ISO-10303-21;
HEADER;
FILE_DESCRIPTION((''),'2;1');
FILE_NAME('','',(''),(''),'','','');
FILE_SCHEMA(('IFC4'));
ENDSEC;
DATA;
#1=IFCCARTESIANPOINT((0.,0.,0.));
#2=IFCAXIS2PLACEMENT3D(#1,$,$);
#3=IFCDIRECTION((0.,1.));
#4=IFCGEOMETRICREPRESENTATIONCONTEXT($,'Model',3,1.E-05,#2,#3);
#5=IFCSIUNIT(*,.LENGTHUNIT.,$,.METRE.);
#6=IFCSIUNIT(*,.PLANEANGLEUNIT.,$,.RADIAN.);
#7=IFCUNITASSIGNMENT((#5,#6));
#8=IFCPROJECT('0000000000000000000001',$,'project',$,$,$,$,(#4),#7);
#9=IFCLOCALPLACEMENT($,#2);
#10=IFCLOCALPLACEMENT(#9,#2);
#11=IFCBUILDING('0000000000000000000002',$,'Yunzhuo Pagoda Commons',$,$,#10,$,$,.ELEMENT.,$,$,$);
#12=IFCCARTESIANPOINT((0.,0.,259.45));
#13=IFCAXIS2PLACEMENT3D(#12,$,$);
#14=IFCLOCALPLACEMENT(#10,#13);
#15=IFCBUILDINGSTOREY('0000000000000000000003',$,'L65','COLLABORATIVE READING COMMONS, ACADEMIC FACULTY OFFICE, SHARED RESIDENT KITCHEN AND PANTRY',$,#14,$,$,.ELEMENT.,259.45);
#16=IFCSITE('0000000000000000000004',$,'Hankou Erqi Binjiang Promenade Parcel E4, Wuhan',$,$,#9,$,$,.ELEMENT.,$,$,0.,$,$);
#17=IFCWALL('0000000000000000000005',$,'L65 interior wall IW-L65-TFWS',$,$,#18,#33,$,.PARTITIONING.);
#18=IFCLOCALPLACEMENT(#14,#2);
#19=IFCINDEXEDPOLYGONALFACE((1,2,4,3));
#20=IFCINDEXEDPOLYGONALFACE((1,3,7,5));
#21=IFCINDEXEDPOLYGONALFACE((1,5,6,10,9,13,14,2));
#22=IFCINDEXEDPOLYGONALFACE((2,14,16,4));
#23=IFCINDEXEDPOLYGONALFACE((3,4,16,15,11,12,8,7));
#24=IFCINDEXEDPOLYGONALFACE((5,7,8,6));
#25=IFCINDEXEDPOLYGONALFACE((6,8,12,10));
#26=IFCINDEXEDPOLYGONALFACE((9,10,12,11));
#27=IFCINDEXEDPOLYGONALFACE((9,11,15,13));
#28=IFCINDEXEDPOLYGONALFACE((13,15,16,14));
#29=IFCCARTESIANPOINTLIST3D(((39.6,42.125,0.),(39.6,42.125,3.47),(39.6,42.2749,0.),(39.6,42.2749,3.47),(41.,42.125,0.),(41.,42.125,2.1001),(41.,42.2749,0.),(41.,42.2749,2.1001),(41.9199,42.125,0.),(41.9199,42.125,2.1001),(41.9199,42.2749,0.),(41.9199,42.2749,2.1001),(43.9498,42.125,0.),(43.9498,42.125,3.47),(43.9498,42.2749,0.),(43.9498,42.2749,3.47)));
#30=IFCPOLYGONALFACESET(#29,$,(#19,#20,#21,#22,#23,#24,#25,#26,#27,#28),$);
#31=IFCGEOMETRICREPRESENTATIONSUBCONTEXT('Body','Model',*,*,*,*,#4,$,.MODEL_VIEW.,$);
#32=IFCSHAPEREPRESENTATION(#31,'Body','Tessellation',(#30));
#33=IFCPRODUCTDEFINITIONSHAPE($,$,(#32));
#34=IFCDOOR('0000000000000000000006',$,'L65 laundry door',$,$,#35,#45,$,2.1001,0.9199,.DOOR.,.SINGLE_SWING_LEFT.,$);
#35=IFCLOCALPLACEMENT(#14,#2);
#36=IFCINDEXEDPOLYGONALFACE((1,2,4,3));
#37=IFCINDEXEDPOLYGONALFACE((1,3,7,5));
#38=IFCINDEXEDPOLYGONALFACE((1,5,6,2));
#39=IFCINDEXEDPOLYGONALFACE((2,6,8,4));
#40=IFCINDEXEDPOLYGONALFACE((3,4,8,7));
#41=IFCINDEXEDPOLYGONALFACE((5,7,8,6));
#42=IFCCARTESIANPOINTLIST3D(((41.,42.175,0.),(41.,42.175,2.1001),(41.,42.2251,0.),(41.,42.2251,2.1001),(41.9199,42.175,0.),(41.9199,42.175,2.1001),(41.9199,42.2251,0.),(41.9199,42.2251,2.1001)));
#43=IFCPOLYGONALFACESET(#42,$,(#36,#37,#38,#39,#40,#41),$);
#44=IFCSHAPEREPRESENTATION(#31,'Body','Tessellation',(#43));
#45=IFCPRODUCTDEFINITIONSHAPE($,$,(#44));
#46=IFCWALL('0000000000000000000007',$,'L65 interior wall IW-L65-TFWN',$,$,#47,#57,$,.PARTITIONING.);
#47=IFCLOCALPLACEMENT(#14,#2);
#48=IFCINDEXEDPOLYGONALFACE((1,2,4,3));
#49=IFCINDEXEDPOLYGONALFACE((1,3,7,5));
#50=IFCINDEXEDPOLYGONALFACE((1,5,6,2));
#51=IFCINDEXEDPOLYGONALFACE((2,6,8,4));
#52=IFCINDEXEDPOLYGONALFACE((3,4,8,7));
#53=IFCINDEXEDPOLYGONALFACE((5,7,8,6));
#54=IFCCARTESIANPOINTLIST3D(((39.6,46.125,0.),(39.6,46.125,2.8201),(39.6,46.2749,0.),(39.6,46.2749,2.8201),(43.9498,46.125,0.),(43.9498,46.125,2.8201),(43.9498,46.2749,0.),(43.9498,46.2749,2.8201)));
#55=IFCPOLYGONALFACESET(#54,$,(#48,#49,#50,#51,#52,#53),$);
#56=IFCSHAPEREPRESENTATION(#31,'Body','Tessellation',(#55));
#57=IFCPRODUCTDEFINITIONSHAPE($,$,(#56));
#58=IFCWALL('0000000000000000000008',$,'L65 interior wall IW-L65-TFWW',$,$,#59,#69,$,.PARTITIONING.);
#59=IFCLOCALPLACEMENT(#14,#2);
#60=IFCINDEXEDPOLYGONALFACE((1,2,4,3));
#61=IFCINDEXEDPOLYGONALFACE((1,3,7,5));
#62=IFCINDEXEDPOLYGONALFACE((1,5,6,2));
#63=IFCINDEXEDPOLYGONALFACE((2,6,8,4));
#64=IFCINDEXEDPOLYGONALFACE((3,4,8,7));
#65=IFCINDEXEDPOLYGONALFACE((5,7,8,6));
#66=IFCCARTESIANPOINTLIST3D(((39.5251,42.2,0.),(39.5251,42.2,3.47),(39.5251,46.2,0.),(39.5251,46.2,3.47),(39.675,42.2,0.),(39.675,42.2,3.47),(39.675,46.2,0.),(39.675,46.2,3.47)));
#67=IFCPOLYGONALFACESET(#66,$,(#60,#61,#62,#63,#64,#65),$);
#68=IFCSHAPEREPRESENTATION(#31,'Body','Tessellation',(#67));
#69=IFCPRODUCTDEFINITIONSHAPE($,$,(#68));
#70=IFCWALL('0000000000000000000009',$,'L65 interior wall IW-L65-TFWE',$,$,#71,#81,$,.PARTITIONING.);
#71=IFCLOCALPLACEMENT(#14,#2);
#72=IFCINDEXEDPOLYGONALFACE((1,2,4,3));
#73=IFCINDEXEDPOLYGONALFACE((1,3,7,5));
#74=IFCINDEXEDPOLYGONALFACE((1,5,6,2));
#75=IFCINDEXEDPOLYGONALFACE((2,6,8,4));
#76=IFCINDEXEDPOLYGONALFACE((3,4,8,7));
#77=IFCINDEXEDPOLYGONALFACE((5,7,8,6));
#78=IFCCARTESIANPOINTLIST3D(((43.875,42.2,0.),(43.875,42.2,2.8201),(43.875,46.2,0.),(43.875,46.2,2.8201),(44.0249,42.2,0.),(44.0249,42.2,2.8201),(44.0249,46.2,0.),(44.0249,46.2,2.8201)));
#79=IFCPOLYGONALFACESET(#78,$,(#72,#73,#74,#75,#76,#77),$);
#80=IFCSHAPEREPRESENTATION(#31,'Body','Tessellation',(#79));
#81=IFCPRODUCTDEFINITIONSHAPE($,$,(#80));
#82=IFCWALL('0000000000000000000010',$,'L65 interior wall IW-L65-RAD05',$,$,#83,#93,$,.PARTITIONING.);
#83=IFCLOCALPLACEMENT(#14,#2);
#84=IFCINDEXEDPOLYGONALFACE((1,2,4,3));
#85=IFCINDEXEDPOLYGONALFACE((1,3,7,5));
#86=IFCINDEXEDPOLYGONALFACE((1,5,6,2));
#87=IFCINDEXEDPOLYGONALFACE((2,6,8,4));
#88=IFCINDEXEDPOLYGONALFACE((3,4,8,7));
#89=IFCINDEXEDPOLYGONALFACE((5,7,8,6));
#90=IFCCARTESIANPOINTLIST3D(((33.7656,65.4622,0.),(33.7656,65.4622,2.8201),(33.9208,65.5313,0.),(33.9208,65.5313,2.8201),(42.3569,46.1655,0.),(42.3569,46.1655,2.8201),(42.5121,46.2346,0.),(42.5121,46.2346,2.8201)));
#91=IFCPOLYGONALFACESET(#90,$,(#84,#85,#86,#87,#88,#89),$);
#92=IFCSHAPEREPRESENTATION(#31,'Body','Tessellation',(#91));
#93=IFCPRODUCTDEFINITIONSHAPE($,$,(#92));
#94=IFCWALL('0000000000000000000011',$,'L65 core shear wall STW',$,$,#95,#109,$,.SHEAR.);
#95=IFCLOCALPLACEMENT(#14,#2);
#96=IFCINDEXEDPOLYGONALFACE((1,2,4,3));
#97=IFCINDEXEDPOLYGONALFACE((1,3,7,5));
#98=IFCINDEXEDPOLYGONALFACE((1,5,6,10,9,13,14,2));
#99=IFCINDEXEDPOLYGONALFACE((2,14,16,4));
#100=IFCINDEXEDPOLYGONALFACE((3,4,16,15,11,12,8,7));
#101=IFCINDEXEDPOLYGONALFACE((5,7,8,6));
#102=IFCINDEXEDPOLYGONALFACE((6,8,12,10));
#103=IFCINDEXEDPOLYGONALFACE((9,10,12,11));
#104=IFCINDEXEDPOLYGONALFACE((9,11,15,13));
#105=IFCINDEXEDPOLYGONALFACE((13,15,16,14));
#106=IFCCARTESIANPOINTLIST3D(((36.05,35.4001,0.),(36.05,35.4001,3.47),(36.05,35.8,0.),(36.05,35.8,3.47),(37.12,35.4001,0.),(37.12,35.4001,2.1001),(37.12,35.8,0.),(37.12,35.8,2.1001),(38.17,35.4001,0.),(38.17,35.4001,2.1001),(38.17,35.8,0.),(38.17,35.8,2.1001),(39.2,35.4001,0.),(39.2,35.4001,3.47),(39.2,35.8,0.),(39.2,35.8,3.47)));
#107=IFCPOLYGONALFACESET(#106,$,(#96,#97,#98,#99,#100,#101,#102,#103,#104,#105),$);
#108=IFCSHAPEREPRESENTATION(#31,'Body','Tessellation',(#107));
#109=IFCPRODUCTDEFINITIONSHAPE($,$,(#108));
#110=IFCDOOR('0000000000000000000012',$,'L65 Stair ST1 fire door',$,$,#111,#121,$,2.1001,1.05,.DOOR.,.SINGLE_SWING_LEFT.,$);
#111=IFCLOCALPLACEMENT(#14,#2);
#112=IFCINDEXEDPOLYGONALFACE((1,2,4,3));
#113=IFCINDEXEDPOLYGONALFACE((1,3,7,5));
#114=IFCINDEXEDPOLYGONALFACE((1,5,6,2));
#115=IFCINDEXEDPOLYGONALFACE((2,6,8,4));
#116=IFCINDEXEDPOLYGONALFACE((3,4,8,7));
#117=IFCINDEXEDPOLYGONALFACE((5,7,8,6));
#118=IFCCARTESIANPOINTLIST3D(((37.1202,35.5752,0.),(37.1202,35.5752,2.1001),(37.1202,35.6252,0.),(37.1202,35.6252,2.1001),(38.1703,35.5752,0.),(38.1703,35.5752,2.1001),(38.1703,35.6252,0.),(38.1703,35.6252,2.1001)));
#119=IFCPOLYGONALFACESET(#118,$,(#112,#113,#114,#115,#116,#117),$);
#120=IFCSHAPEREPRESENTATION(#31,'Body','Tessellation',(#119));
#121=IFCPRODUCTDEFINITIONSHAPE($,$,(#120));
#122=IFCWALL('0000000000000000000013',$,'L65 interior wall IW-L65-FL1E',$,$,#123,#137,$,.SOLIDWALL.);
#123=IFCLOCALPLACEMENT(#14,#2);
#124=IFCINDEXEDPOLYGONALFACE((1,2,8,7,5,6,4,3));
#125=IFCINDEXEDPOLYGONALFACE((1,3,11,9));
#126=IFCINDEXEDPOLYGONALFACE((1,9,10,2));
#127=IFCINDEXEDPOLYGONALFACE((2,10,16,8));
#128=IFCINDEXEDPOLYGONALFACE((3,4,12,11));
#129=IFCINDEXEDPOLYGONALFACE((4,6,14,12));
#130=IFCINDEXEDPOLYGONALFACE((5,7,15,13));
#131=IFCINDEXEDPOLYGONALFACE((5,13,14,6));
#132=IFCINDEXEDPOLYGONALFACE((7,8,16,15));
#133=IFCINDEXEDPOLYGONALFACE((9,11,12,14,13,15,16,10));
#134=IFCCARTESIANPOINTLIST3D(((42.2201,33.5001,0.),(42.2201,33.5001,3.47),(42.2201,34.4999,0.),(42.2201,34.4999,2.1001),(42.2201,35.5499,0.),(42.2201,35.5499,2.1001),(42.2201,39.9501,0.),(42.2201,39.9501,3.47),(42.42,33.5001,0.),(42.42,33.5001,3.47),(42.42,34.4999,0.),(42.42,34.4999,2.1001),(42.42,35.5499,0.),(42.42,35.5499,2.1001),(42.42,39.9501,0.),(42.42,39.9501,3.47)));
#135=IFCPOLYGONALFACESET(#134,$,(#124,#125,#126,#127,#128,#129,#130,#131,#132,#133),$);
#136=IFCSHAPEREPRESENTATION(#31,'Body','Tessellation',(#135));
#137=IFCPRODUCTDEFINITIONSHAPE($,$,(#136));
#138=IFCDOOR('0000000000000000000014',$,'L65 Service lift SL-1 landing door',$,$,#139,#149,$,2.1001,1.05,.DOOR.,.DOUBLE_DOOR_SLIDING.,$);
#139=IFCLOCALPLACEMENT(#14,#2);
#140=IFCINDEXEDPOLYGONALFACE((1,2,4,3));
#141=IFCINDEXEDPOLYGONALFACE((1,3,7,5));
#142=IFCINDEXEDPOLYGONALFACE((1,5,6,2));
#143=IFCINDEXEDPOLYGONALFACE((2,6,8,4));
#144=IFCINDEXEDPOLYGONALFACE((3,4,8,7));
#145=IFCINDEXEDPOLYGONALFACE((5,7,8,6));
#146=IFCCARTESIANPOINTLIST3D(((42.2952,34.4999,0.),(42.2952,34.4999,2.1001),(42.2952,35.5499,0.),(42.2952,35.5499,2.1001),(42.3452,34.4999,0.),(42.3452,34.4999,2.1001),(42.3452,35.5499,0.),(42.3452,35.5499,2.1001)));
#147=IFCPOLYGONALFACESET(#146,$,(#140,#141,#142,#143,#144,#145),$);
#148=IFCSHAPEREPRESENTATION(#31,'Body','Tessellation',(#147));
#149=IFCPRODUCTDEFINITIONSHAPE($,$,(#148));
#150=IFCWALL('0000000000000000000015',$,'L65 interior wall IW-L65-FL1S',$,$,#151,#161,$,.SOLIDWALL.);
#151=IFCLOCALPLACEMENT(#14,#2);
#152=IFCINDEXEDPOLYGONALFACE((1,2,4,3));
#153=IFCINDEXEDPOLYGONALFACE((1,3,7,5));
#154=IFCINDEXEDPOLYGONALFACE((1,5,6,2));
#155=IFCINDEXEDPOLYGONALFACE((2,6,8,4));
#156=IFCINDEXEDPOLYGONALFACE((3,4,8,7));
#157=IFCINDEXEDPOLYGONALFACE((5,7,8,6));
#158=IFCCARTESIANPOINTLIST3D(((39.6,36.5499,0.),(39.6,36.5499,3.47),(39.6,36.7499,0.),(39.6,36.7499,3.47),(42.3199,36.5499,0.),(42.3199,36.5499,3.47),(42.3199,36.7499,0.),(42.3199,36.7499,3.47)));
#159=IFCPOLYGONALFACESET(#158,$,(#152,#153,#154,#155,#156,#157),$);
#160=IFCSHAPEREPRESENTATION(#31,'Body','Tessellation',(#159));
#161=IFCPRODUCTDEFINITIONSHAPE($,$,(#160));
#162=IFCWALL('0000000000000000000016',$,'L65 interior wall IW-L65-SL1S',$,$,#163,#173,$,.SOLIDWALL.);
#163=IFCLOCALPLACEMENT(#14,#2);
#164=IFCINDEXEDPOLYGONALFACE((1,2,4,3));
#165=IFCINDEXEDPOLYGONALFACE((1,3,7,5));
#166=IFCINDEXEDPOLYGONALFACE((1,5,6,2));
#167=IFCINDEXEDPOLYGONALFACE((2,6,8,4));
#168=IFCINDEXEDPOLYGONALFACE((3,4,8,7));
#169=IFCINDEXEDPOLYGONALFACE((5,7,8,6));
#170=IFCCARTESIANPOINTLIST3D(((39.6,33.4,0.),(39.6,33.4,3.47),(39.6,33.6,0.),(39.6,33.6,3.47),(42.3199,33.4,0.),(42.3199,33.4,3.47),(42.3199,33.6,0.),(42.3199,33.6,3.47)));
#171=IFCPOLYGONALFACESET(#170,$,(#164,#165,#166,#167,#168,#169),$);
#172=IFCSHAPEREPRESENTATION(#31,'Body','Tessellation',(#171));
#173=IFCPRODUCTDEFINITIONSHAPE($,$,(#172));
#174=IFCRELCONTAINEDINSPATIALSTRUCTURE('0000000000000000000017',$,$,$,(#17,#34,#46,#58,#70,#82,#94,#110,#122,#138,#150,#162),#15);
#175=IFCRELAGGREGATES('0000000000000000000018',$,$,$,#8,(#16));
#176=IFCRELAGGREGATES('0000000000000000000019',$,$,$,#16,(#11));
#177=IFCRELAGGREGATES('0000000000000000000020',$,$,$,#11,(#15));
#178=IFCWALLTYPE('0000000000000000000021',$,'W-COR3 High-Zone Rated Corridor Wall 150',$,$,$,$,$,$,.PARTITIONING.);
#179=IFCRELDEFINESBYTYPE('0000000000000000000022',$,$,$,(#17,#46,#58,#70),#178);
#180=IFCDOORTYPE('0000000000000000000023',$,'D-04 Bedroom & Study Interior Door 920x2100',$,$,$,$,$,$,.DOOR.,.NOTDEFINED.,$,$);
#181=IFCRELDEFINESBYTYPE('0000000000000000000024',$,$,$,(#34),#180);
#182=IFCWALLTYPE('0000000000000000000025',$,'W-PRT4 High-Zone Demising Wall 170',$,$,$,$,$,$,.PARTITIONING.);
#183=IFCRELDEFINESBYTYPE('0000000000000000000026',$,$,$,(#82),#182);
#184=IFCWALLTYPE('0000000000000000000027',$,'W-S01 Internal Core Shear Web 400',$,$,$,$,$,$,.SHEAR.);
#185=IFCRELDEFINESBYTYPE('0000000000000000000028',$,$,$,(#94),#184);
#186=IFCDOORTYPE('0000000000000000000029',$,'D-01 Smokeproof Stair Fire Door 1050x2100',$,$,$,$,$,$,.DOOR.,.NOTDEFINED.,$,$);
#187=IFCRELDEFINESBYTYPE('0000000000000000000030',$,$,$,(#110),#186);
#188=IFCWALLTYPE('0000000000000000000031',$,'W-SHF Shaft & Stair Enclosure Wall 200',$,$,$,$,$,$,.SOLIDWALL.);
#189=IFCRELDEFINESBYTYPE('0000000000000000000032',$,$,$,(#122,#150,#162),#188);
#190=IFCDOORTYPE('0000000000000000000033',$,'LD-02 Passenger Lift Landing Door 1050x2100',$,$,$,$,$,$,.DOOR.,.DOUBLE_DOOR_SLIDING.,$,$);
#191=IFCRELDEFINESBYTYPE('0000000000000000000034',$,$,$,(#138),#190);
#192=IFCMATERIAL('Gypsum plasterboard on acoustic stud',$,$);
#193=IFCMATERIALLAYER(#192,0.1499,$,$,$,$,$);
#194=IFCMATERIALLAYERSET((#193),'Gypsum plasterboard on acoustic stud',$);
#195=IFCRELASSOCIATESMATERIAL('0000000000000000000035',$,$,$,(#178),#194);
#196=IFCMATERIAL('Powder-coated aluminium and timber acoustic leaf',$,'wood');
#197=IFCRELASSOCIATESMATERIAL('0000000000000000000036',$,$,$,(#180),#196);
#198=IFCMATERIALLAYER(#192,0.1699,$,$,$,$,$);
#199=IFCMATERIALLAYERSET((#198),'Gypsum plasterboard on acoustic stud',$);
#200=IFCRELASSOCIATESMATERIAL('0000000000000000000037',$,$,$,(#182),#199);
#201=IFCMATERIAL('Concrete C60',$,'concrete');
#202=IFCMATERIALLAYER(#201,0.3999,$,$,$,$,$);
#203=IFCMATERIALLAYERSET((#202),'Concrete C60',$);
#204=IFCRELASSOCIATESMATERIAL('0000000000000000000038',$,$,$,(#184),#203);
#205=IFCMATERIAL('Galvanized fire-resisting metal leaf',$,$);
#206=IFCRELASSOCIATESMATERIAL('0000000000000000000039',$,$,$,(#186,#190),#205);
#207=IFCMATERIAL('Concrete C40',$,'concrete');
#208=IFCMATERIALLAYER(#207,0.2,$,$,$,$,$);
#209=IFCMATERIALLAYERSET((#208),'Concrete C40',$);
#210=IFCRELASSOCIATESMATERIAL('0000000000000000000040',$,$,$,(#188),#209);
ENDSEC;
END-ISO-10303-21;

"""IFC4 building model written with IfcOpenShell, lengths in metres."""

from ifc_helpers import new_model, si_unit, direction, frame, frame_2d, origin, origin_with_axes, place, context, subcontext, project, spatial, rectangle, extrude, source, transform, mapped, material, layer, layer_set, type_object, element, fill, save


model = new_model("IFC4")

# Units and contexts
model_context = context("Model", 3, precision=1e-05, world=origin(), true_north=direction((0.0, 1.0)))
body_context = subcontext(model_context, "Body", "Model", "MODEL_VIEW")
ifc_project = project(units=[si_unit("LENGTHUNIT", "METRE"), si_unit("PLANEANGLEUNIT", "RADIAN")], contexts=[model_context])

# Site, building, storey
site_placement = place(None, origin())
site = spatial("IfcSite", under=ifc_project, at=site_placement, Name="Hankou Erqi Binjiang Promenade Parcel E4, Wuhan", CompositionType="ELEMENT", RefElevation=0.0)
building_placement = place(site_placement, origin())
building = spatial("IfcBuilding", under=site, at=building_placement, Name="Yunzhuo Pagoda Commons", CompositionType="ELEMENT")
storey_placement = place(building_placement, frame((0.0, 0.0, 259.45)))
storey = spatial("IfcBuildingStorey", under=building, at=storey_placement, Name="L65", Description="COLLABORATIVE READING COMMONS, ACADEMIC FACULTY OFFICE, SHARED RESIDENT KITCHEN AND PANTRY", CompositionType="ELEMENT", Elevation=259.45)

# Wall, opening, door
ifc_material_1 = material(Name="Galvanized fire-resisting metal leaf")
shared_shape_1 = source(origin(), body_context, "Body", "SweptSolid", [
    extrude(rectangle(XDim=1.05, YDim=2.1001, at=frame_2d((0.5249, 1.05))), frame((0.0, 0.0249, 0.0), z_axis=(0.0, -1.0, 0.0), x_axis=(1.0, 0.0, 0.0)), (0.0, 0.0, 1.0), 0.05),
])
ifc_material_2 = material(Name="Gypsum plasterboard on acoustic stud")
ifc_layer_1 = layer(ifc_material_2, 0.1499)
ifc_layer_set_1 = layer_set([ifc_layer_1], Name="Gypsum plasterboard on acoustic stud")
wall_type_1 = type_object("IfcWallType", Name="W-COR3 High-Zone Rated Corridor Wall 150", PredefinedType="PARTITIONING", material=ifc_layer_set_1)
wall_1_placement = place(storey_placement, frame((39.6001, 42.2, 0.0), z_axis=(0.0, 0.0, 1.0), x_axis=(1.0, 0.0, 0.0)))
wall_1 = element("IfcWall", 1, at=wall_1_placement, inside=storey, type_object=wall_type_1, Name="L65 interior wall IW-L65-TFWS", PredefinedType="PARTITIONING", context=body_context, shape_type="SweptSolid", body=[
    extrude(rectangle(XDim=4.3499, YDim=0.1499, at=frame_2d((2.1748, 0.0))), origin(), (0.0, 0.0, 1.0), 3.47),
])
opening_1_placement = place(wall_1_placement, frame((1.3999, 0.0, 0.0)))
opening_1 = element("IfcOpeningElement", 2, at=opening_1_placement, cuts=wall_1, PredefinedType="OPENING", context=body_context, shape_type="SweptSolid", body=[
    extrude(rectangle(XDim=0.9199, YDim=2.1001, at=frame_2d((0.46, 1.05))), frame((0.0, 0.085, 0.0), z_axis=(0.0, -1.0, 0.0), x_axis=(1.0, 0.0, 0.0)), (0.0, 0.0, 1.0), 0.1699),
])
ifc_material_3 = material(Name="Powder-coated aluminium and timber acoustic leaf", Category="wood")
door_type_1 = type_object("IfcDoorType", Name="D-04 Bedroom & Study Interior Door 920x2100", OperationType="NOTDEFINED", PredefinedType="DOOR", material=ifc_material_3)
shared_shape_2 = source(origin(), body_context, "Body", "SweptSolid", [
    extrude(rectangle(XDim=0.9199, YDim=2.1001, at=frame_2d((0.46, 1.05))), frame((0.0, 0.0249, 0.0), z_axis=(0.0, -1.0, 0.0), x_axis=(1.0, 0.0, 0.0)), (0.0, 0.0, 1.0), 0.05),
])
door_1_placement = place(opening_1_placement, frame((0.9199, 0.0, 0.0), z_axis=(0.0, 0.0, 1.0), x_axis=(-1.0, 0.0, 0.0)))
door_1 = element("IfcDoor", 3, at=door_1_placement, inside=storey, type_object=door_type_1, Name="L65 laundry door", OperationType="SINGLE_SWING_LEFT", OverallHeight=2.1001, OverallWidth=0.9199, PredefinedType="DOOR", context=body_context, shape_type="MappedRepresentation", body=[
    mapped(shared_shape_2, transform((0.0, 0.0, 0.0), scale=1.0)),
])
fill(opening_1, door_1)

# Walls
wall_2_placement = place(storey_placement, frame((39.6001, 46.2, 0.0), z_axis=(0.0, 0.0, 1.0), x_axis=(1.0, 0.0, 0.0)))
element("IfcWall", 4, at=wall_2_placement, inside=storey, type_object=wall_type_1, Name="L65 interior wall IW-L65-TFWN", PredefinedType="PARTITIONING", context=body_context, shape_type="SweptSolid", body=[
    extrude(rectangle(XDim=4.3499, YDim=0.1499, at=frame_2d((2.1748, 0.0))), origin(), (0.0, 0.0, 1.0), 2.8201),
])
wall_3_placement = place(storey_placement, frame((39.6001, 42.2, 0.0), z_axis=(0.0, 0.0, 1.0), x_axis=(0.0, 1.0, 0.0)))
element("IfcWall", 5, at=wall_3_placement, inside=storey, type_object=wall_type_1, Name="L65 interior wall IW-L65-TFWW", PredefinedType="PARTITIONING", context=body_context, shape_type="SweptSolid", body=[
    extrude(rectangle(XDim=4.0, YDim=0.1499, at=frame_2d((2.0, 0.0))), origin(), (0.0, 0.0, 1.0), 3.47),
])
wall_4_placement = place(storey_placement, frame((43.95, 42.2, 0.0), z_axis=(0.0, 0.0, 1.0), x_axis=(0.0, 1.0, 0.0)))
element("IfcWall", 6, at=wall_4_placement, inside=storey, type_object=wall_type_1, Name="L65 interior wall IW-L65-TFWE", PredefinedType="PARTITIONING", context=body_context, shape_type="SweptSolid", body=[
    extrude(rectangle(XDim=4.0, YDim=0.1499, at=frame_2d((2.0, 0.0))), origin(), (0.0, 0.0, 1.0), 2.8201),
])
ifc_layer_2 = layer(ifc_material_2, 0.1699)
ifc_layer_set_2 = layer_set([ifc_layer_2], Name="Gypsum plasterboard on acoustic stud")
wall_type_2 = type_object("IfcWallType", Name="W-PRT4 High-Zone Demising Wall 170", PredefinedType="PARTITIONING", material=ifc_layer_set_2)
wall_5_placement = place(storey_placement, frame((42.4346, 46.2, 0.0), z_axis=(0.0, 0.0, 1.0), x_axis=(-0.406732, 0.913547, 0.0)))
element("IfcWall", 7, at=wall_5_placement, inside=storey, type_object=wall_type_2, Name="L65 interior wall IW-L65-RAD05", PredefinedType="PARTITIONING", context=body_context, shape_type="SweptSolid", body=[
    extrude(rectangle(XDim=21.1228, YDim=0.1699, at=frame_2d((10.5615, 0.0))), origin(), (0.0, 0.0, 1.0), 2.8201),
])

# Walls, openings, doors
ifc_material_4 = material(Name="Concrete C60", Category="concrete")
ifc_layer_3 = layer(ifc_material_4, 0.3999)
ifc_layer_set_3 = layer_set([ifc_layer_3], Name="Concrete C60")
wall_type_3 = type_object("IfcWallType", Name="W-S01 Internal Core Shear Web 400", PredefinedType="SHEAR", material=ifc_layer_set_3)
wall_6_placement = place(storey_placement, frame((36.05, 35.6001, 0.0), z_axis=(0.0, 0.0, 1.0), x_axis=(1.0, 0.0, 0.0)))
wall_6 = element("IfcWall", 8, at=wall_6_placement, inside=storey, type_object=wall_type_3, Name="L65 core shear wall STW", PredefinedType="SHEAR", context=body_context, shape_type="SweptSolid", body=[
    extrude(rectangle(XDim=3.1499, YDim=0.3999, at=frame_2d((1.575, 0.0))), origin(), (0.0, 0.0, 1.0), 3.47),
])
opening_2_placement = place(wall_6_placement, frame((1.0701, 0.0, 0.0)))
opening_2 = element("IfcOpeningElement", 9, at=opening_2_placement, cuts=wall_6, PredefinedType="OPENING", context=body_context, shape_type="SweptSolid", body=[
    extrude(rectangle(XDim=1.05, YDim=2.1001, at=frame_2d((0.5249, 1.05))), frame((0.0, 0.21, 0.0), z_axis=(0.0, -1.0, 0.0), x_axis=(1.0, 0.0, 0.0)), (0.0, 0.0, 1.0), 0.4199),
])
door_type_2 = type_object("IfcDoorType", Name="D-01 Smokeproof Stair Fire Door 1050x2100", OperationType="NOTDEFINED", PredefinedType="DOOR", material=ifc_material_1)
door_2_placement = place(opening_2_placement, frame((1.05, 0.0, 0.0), z_axis=(0.0, 0.0, 1.0), x_axis=(-1.0, 0.0, 0.0)))
door_2 = element("IfcDoor", 10, at=door_2_placement, inside=storey, type_object=door_type_2, Name="L65 Stair ST1 fire door", OperationType="SINGLE_SWING_LEFT", OverallHeight=2.1001, OverallWidth=1.05, PredefinedType="DOOR", context=body_context, shape_type="MappedRepresentation", body=[
    mapped(shared_shape_1, transform((0.0, 0.0, 0.0), scale=1.0)),
])
fill(opening_2, door_2)
ifc_material_5 = material(Name="Concrete C40", Category="concrete")
ifc_layer_4 = layer(ifc_material_5, 0.2)
ifc_layer_set_4 = layer_set([ifc_layer_4], Name="Concrete C40")
wall_type_4 = type_object("IfcWallType", Name="W-SHF Shaft & Stair Enclosure Wall 200", PredefinedType="SOLIDWALL", material=ifc_layer_set_4)
wall_7_placement = place(storey_placement, frame((42.3201, 33.5, 0.0), z_axis=(0.0, 0.0, 1.0), x_axis=(0.0, 1.0, 0.0)))
wall_7 = element("IfcWall", 11, at=wall_7_placement, inside=storey, type_object=wall_type_4, Name="L65 interior wall IW-L65-FL1E", PredefinedType="SOLIDWALL", context=body_context, shape_type="SweptSolid", body=[
    extrude(rectangle(XDim=6.45, YDim=0.2, at=frame_2d((3.2251, 0.0))), origin(), (0.0, 0.0, 1.0), 3.47),
])
opening_3_placement = place(wall_7_placement, frame((1.0, 0.0, 0.0)))
opening_3 = element("IfcOpeningElement", 12, at=opening_3_placement, cuts=wall_7, PredefinedType="OPENING", context=body_context, shape_type="SweptSolid", body=[
    extrude(rectangle(XDim=1.05, YDim=2.1001, at=frame_2d((0.5249, 1.05))), frame((0.0, 0.1099, 0.0), z_axis=(0.0, -1.0, 0.0), x_axis=(1.0, 0.0, 0.0)), (0.0, 0.0, 1.0), 0.22),
])
door_type_3 = type_object("IfcDoorType", Name="LD-02 Passenger Lift Landing Door 1050x2100", OperationType="DOUBLE_DOOR_SLIDING", PredefinedType="DOOR", material=ifc_material_1)
door_3_placement = place(opening_3_placement, origin_with_axes())
door_3 = element("IfcDoor", 13, at=door_3_placement, inside=storey, type_object=door_type_3, Name="L65 Service lift SL-1 landing door", OperationType="DOUBLE_DOOR_SLIDING", OverallHeight=2.1001, OverallWidth=1.05, PredefinedType="DOOR", context=body_context, shape_type="MappedRepresentation", body=[
    mapped(shared_shape_1, transform((0.0, 0.0, 0.0), scale=1.0)),
])
fill(opening_3, door_3)

# Walls
for number, where, z_axis, x_axis, name in (
    (14, (39.6001, 36.6499, 0.0), (0.0, 0.0, 1.0), (1.0, 0.0, 0.0), "L65 interior wall IW-L65-FL1S"),
    (15, (39.6001, 33.5, 0.0), (0.0, 0.0, 1.0), (1.0, 0.0, 0.0), "L65 interior wall IW-L65-SL1S"),
):
    element("IfcWall", number, at=place(storey_placement, frame(where, z_axis=z_axis, x_axis=x_axis)), inside=storey, type_object=wall_type_4, Name=name, PredefinedType="SOLIDWALL", context=body_context, shape_type="SweptSolid", body=[
        extrude(rectangle(XDim=2.72, YDim=0.2, at=frame_2d((1.3599, 0.0))), origin(), (0.0, 0.0, 1.0), 3.47),
    ])

save(model, "model.ifc")
